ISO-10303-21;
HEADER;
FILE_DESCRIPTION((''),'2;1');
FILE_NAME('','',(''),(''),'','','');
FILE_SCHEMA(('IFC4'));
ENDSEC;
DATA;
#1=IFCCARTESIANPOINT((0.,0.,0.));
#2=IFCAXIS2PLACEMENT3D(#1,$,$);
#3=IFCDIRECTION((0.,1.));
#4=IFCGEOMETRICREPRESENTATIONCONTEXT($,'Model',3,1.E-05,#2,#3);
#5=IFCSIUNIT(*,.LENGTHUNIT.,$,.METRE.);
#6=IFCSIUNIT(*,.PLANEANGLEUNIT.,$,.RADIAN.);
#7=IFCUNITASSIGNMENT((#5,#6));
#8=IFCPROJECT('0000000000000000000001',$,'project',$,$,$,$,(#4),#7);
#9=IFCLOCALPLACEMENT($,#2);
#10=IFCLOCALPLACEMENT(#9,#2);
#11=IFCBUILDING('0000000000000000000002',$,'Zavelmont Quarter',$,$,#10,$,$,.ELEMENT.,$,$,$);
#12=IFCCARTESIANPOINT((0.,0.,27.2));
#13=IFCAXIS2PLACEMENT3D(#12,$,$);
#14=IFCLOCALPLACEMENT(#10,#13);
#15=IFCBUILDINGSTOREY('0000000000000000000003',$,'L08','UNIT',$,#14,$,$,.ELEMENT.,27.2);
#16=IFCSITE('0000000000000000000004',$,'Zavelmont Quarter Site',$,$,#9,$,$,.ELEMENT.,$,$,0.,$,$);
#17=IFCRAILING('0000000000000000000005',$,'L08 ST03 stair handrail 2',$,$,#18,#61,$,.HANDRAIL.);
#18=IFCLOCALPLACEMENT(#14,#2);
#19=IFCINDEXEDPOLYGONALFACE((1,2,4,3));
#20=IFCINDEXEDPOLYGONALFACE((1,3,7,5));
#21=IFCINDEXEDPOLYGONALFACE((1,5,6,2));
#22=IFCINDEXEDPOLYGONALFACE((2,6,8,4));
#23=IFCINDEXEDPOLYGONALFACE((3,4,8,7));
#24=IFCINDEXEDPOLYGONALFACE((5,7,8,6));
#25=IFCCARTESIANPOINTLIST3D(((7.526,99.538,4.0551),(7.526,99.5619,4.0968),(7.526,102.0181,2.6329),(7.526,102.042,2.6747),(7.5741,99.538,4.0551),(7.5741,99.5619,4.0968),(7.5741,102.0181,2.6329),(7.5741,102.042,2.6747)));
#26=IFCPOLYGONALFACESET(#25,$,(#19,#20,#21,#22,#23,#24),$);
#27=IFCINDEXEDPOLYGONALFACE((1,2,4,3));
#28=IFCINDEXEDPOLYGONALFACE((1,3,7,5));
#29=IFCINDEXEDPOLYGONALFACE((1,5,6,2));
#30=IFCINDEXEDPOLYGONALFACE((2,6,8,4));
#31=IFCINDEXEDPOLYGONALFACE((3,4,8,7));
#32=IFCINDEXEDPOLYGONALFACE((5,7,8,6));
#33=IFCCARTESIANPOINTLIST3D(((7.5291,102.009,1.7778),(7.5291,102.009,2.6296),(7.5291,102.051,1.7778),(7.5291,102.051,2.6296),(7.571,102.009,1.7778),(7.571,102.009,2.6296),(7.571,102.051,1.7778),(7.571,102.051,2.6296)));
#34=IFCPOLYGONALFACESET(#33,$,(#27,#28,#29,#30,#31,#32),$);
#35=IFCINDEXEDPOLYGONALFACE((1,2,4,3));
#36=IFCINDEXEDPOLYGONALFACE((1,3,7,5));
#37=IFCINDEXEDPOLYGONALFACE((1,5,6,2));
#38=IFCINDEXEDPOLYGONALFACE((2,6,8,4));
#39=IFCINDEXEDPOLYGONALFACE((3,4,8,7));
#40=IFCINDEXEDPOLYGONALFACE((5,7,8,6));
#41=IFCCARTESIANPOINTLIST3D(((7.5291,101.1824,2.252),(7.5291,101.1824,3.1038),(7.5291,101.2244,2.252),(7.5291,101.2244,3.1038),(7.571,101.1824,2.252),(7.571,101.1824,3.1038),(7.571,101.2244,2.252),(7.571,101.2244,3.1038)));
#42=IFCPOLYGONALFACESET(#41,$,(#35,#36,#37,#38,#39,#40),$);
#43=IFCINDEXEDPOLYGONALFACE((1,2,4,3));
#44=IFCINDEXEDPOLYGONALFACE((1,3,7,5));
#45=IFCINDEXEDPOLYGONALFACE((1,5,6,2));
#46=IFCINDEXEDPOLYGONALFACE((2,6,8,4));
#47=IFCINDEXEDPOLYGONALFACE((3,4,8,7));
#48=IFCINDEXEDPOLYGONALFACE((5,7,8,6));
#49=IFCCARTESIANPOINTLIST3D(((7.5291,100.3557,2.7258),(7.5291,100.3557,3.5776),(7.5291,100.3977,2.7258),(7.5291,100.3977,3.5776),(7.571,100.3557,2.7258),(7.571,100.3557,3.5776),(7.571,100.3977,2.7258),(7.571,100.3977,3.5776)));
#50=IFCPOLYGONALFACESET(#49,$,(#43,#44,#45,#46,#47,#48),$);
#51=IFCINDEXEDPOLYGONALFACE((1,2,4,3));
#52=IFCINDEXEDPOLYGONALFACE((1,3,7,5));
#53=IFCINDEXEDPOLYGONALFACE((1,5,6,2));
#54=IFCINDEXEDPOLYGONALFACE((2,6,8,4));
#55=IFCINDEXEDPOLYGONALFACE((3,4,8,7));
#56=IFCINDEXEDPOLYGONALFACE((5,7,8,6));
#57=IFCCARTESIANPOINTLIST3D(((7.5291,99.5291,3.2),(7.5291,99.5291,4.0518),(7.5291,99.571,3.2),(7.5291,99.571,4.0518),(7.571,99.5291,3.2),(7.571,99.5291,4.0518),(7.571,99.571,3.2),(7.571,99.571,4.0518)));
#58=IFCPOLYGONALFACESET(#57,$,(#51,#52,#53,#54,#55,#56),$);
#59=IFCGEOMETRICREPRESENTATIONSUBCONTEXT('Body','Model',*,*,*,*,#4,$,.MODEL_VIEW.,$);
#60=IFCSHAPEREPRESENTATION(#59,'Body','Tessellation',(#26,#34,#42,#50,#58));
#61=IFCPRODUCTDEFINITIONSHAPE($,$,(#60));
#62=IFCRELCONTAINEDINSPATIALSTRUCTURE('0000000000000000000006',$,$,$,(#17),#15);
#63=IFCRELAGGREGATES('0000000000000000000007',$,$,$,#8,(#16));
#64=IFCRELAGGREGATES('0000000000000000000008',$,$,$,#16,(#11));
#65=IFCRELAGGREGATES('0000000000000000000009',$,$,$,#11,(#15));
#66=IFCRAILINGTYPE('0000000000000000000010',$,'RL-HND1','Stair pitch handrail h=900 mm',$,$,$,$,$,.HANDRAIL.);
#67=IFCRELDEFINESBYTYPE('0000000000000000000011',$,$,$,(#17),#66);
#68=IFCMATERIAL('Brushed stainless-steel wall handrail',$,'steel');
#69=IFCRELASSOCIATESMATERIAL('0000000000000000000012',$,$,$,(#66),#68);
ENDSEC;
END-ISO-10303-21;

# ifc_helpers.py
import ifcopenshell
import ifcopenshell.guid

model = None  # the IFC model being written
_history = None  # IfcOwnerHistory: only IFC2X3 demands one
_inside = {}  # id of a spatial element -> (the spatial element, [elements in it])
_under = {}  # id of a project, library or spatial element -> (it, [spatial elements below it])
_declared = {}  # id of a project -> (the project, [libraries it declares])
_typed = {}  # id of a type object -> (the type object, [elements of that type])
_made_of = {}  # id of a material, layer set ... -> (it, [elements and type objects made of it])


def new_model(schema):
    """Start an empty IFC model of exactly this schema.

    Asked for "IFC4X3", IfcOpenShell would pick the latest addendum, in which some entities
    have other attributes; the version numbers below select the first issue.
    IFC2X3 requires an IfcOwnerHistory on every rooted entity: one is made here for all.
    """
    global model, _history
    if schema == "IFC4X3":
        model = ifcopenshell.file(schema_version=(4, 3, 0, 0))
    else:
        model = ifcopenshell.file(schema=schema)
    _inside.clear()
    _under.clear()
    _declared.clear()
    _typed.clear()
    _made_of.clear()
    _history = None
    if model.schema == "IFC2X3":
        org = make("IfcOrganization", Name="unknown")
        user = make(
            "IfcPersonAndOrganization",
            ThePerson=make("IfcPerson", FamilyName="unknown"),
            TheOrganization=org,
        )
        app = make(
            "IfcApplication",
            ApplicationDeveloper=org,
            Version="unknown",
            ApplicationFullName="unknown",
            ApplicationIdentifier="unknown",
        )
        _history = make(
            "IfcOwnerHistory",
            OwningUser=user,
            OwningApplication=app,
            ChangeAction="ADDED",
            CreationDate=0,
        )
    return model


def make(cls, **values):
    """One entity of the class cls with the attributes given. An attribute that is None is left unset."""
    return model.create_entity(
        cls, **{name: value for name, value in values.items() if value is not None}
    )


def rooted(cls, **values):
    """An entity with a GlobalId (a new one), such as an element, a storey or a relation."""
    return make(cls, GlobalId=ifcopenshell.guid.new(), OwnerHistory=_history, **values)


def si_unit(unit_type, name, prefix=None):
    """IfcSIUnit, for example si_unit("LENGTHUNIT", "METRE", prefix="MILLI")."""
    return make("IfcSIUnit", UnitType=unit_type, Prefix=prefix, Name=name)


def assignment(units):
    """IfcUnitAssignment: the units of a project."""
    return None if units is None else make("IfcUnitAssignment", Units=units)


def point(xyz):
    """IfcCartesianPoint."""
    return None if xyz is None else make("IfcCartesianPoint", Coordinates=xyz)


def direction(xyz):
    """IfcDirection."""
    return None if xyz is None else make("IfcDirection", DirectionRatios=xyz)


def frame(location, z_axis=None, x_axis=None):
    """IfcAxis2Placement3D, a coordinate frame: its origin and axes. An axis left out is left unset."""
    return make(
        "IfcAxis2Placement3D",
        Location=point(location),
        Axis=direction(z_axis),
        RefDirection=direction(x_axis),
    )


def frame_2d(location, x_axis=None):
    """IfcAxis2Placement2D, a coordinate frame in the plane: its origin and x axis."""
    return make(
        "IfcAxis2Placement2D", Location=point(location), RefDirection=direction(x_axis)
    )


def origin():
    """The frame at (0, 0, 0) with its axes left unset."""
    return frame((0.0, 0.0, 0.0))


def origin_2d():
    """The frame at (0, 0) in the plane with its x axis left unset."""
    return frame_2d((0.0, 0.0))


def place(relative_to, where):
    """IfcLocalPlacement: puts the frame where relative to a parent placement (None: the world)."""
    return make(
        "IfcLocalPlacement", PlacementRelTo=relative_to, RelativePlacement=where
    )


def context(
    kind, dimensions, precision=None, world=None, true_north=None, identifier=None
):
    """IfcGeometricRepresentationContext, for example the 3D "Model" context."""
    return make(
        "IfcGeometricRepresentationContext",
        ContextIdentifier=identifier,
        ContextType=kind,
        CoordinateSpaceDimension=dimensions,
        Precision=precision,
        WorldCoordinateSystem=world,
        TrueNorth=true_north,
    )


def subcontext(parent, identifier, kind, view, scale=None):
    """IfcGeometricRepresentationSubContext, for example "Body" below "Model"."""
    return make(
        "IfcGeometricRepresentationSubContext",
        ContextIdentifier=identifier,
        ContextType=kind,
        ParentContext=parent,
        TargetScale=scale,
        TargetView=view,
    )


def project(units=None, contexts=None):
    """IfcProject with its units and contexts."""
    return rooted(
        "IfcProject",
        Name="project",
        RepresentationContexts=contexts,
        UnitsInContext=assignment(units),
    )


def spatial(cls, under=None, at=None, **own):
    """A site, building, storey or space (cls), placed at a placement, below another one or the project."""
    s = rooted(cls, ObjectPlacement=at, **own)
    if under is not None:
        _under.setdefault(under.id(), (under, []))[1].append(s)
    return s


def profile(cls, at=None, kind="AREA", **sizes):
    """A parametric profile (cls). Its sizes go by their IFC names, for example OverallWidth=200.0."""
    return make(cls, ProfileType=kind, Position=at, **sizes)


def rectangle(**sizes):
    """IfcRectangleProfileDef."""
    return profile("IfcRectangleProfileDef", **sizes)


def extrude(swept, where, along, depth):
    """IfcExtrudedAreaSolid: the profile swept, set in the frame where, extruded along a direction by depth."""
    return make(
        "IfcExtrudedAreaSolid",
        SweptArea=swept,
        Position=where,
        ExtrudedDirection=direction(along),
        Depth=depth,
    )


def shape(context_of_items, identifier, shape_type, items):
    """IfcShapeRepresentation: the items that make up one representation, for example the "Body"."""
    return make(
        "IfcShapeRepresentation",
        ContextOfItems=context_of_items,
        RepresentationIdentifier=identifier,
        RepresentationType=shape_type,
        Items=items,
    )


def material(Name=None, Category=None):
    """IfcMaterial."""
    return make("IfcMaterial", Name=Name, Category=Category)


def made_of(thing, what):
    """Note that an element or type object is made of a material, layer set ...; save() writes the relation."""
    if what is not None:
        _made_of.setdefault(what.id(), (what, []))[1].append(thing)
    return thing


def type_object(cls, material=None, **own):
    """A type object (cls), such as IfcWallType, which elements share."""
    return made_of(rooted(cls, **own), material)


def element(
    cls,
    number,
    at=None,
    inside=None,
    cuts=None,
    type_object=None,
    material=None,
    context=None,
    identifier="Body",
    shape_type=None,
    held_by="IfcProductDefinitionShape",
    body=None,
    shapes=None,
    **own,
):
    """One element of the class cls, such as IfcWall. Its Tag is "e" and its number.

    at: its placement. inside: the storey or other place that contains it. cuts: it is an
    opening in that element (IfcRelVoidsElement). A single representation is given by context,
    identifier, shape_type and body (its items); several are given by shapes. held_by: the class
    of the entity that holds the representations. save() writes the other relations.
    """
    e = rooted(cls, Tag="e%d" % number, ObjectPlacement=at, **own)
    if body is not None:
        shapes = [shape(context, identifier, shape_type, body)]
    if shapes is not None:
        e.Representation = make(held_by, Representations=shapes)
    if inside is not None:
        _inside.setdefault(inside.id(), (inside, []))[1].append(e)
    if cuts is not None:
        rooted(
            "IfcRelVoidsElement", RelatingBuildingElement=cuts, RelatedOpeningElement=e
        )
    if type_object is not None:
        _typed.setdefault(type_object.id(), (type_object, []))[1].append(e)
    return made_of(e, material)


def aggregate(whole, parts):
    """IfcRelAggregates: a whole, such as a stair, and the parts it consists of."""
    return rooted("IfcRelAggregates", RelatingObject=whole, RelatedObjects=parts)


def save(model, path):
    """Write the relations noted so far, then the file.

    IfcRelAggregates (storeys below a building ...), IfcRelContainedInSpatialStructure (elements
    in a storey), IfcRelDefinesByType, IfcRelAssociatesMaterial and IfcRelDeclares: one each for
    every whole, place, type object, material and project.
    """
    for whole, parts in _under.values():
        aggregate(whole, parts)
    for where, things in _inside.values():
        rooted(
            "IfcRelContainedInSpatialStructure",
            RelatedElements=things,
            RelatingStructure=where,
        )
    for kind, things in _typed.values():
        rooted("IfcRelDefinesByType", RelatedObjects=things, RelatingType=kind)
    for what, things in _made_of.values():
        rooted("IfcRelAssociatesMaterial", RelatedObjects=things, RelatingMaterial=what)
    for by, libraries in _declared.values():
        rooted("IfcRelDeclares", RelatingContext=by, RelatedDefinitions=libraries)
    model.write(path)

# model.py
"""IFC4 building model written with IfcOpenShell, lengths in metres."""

from ifc_helpers import new_model, si_unit, direction, frame, origin, origin_2d, place, context, subcontext, project, spatial, rectangle, extrude, material, type_object, element, save


model = new_model("IFC4")

# Units and contexts
model_context = context("Model", 3, precision=1e-05, world=origin(), true_north=direction((0.0, 1.0)))
body_context = subcontext(model_context, "Body", "Model", "MODEL_VIEW")
ifc_project = project(units=[si_unit("LENGTHUNIT", "METRE"), si_unit("PLANEANGLEUNIT", "RADIAN")], contexts=[model_context])

# Site, building, storey
site_placement = place(None, origin())
site = spatial("IfcSite", under=ifc_project, at=site_placement, Name="Zavelmont Quarter Site", CompositionType="ELEMENT", RefElevation=0.0)
building_placement = place(site_placement, origin())
building = spatial("IfcBuilding", under=site, at=building_placement, Name="Zavelmont Quarter", CompositionType="ELEMENT")
storey_placement = place(building_placement, frame((0.0, 0.0, 27.2)))
storey = spatial("IfcBuildingStorey", under=building, at=storey_placement, Name="L08", Description="UNIT", CompositionType="ELEMENT", Elevation=27.2)

# Railing
ifc_material_1 = material(Name="Brushed stainless-steel wall handrail", Category="steel")
railing_type_1 = type_object("IfcRailingType", Name="RL-HND1", Description="Stair pitch handrail h=900 mm", PredefinedType="HANDRAIL", material=ifc_material_1)
railing_1_placement = place(storey_placement, frame((7.55, 102.03, 1.7778)))
element("IfcRailing", 1, at=railing_1_placement, inside=storey, type_object=railing_type_1, Name="L08 ST03 stair handrail 2", PredefinedType="HANDRAIL", context=body_context, shape_type="SweptSolid", body=[
    extrude(rectangle(XDim=0.0481, YDim=0.0481, at=origin_2d()), frame((0.0, 0.0, 0.876), z_axis=(0.0, -0.867491, 0.497454), x_axis=(1.0, 0.0, 0.0)), (0.0, 0.0, 1.0), 2.8589),
    extrude(rectangle(XDim=0.042, YDim=0.042, at=origin_2d()), origin(), (0.0, 0.0, 1.0), 0.8518),
    extrude(rectangle(XDim=0.042, YDim=0.042, at=origin_2d()), frame((0.0, -0.8267, 0.4741)), (0.0, 0.0, 1.0), 0.8518),
    extrude(rectangle(XDim=0.042, YDim=0.042, at=origin_2d()), frame((0.0, -1.6533, 0.948)), (0.0, 0.0, 1.0), 0.8518),
    extrude(rectangle(XDim=0.042, YDim=0.042, at=origin_2d()), frame((0.0, -2.48, 1.4221)), (0.0, 0.0, 1.0), 0.8518),
])

save(model, "model.ifc")
